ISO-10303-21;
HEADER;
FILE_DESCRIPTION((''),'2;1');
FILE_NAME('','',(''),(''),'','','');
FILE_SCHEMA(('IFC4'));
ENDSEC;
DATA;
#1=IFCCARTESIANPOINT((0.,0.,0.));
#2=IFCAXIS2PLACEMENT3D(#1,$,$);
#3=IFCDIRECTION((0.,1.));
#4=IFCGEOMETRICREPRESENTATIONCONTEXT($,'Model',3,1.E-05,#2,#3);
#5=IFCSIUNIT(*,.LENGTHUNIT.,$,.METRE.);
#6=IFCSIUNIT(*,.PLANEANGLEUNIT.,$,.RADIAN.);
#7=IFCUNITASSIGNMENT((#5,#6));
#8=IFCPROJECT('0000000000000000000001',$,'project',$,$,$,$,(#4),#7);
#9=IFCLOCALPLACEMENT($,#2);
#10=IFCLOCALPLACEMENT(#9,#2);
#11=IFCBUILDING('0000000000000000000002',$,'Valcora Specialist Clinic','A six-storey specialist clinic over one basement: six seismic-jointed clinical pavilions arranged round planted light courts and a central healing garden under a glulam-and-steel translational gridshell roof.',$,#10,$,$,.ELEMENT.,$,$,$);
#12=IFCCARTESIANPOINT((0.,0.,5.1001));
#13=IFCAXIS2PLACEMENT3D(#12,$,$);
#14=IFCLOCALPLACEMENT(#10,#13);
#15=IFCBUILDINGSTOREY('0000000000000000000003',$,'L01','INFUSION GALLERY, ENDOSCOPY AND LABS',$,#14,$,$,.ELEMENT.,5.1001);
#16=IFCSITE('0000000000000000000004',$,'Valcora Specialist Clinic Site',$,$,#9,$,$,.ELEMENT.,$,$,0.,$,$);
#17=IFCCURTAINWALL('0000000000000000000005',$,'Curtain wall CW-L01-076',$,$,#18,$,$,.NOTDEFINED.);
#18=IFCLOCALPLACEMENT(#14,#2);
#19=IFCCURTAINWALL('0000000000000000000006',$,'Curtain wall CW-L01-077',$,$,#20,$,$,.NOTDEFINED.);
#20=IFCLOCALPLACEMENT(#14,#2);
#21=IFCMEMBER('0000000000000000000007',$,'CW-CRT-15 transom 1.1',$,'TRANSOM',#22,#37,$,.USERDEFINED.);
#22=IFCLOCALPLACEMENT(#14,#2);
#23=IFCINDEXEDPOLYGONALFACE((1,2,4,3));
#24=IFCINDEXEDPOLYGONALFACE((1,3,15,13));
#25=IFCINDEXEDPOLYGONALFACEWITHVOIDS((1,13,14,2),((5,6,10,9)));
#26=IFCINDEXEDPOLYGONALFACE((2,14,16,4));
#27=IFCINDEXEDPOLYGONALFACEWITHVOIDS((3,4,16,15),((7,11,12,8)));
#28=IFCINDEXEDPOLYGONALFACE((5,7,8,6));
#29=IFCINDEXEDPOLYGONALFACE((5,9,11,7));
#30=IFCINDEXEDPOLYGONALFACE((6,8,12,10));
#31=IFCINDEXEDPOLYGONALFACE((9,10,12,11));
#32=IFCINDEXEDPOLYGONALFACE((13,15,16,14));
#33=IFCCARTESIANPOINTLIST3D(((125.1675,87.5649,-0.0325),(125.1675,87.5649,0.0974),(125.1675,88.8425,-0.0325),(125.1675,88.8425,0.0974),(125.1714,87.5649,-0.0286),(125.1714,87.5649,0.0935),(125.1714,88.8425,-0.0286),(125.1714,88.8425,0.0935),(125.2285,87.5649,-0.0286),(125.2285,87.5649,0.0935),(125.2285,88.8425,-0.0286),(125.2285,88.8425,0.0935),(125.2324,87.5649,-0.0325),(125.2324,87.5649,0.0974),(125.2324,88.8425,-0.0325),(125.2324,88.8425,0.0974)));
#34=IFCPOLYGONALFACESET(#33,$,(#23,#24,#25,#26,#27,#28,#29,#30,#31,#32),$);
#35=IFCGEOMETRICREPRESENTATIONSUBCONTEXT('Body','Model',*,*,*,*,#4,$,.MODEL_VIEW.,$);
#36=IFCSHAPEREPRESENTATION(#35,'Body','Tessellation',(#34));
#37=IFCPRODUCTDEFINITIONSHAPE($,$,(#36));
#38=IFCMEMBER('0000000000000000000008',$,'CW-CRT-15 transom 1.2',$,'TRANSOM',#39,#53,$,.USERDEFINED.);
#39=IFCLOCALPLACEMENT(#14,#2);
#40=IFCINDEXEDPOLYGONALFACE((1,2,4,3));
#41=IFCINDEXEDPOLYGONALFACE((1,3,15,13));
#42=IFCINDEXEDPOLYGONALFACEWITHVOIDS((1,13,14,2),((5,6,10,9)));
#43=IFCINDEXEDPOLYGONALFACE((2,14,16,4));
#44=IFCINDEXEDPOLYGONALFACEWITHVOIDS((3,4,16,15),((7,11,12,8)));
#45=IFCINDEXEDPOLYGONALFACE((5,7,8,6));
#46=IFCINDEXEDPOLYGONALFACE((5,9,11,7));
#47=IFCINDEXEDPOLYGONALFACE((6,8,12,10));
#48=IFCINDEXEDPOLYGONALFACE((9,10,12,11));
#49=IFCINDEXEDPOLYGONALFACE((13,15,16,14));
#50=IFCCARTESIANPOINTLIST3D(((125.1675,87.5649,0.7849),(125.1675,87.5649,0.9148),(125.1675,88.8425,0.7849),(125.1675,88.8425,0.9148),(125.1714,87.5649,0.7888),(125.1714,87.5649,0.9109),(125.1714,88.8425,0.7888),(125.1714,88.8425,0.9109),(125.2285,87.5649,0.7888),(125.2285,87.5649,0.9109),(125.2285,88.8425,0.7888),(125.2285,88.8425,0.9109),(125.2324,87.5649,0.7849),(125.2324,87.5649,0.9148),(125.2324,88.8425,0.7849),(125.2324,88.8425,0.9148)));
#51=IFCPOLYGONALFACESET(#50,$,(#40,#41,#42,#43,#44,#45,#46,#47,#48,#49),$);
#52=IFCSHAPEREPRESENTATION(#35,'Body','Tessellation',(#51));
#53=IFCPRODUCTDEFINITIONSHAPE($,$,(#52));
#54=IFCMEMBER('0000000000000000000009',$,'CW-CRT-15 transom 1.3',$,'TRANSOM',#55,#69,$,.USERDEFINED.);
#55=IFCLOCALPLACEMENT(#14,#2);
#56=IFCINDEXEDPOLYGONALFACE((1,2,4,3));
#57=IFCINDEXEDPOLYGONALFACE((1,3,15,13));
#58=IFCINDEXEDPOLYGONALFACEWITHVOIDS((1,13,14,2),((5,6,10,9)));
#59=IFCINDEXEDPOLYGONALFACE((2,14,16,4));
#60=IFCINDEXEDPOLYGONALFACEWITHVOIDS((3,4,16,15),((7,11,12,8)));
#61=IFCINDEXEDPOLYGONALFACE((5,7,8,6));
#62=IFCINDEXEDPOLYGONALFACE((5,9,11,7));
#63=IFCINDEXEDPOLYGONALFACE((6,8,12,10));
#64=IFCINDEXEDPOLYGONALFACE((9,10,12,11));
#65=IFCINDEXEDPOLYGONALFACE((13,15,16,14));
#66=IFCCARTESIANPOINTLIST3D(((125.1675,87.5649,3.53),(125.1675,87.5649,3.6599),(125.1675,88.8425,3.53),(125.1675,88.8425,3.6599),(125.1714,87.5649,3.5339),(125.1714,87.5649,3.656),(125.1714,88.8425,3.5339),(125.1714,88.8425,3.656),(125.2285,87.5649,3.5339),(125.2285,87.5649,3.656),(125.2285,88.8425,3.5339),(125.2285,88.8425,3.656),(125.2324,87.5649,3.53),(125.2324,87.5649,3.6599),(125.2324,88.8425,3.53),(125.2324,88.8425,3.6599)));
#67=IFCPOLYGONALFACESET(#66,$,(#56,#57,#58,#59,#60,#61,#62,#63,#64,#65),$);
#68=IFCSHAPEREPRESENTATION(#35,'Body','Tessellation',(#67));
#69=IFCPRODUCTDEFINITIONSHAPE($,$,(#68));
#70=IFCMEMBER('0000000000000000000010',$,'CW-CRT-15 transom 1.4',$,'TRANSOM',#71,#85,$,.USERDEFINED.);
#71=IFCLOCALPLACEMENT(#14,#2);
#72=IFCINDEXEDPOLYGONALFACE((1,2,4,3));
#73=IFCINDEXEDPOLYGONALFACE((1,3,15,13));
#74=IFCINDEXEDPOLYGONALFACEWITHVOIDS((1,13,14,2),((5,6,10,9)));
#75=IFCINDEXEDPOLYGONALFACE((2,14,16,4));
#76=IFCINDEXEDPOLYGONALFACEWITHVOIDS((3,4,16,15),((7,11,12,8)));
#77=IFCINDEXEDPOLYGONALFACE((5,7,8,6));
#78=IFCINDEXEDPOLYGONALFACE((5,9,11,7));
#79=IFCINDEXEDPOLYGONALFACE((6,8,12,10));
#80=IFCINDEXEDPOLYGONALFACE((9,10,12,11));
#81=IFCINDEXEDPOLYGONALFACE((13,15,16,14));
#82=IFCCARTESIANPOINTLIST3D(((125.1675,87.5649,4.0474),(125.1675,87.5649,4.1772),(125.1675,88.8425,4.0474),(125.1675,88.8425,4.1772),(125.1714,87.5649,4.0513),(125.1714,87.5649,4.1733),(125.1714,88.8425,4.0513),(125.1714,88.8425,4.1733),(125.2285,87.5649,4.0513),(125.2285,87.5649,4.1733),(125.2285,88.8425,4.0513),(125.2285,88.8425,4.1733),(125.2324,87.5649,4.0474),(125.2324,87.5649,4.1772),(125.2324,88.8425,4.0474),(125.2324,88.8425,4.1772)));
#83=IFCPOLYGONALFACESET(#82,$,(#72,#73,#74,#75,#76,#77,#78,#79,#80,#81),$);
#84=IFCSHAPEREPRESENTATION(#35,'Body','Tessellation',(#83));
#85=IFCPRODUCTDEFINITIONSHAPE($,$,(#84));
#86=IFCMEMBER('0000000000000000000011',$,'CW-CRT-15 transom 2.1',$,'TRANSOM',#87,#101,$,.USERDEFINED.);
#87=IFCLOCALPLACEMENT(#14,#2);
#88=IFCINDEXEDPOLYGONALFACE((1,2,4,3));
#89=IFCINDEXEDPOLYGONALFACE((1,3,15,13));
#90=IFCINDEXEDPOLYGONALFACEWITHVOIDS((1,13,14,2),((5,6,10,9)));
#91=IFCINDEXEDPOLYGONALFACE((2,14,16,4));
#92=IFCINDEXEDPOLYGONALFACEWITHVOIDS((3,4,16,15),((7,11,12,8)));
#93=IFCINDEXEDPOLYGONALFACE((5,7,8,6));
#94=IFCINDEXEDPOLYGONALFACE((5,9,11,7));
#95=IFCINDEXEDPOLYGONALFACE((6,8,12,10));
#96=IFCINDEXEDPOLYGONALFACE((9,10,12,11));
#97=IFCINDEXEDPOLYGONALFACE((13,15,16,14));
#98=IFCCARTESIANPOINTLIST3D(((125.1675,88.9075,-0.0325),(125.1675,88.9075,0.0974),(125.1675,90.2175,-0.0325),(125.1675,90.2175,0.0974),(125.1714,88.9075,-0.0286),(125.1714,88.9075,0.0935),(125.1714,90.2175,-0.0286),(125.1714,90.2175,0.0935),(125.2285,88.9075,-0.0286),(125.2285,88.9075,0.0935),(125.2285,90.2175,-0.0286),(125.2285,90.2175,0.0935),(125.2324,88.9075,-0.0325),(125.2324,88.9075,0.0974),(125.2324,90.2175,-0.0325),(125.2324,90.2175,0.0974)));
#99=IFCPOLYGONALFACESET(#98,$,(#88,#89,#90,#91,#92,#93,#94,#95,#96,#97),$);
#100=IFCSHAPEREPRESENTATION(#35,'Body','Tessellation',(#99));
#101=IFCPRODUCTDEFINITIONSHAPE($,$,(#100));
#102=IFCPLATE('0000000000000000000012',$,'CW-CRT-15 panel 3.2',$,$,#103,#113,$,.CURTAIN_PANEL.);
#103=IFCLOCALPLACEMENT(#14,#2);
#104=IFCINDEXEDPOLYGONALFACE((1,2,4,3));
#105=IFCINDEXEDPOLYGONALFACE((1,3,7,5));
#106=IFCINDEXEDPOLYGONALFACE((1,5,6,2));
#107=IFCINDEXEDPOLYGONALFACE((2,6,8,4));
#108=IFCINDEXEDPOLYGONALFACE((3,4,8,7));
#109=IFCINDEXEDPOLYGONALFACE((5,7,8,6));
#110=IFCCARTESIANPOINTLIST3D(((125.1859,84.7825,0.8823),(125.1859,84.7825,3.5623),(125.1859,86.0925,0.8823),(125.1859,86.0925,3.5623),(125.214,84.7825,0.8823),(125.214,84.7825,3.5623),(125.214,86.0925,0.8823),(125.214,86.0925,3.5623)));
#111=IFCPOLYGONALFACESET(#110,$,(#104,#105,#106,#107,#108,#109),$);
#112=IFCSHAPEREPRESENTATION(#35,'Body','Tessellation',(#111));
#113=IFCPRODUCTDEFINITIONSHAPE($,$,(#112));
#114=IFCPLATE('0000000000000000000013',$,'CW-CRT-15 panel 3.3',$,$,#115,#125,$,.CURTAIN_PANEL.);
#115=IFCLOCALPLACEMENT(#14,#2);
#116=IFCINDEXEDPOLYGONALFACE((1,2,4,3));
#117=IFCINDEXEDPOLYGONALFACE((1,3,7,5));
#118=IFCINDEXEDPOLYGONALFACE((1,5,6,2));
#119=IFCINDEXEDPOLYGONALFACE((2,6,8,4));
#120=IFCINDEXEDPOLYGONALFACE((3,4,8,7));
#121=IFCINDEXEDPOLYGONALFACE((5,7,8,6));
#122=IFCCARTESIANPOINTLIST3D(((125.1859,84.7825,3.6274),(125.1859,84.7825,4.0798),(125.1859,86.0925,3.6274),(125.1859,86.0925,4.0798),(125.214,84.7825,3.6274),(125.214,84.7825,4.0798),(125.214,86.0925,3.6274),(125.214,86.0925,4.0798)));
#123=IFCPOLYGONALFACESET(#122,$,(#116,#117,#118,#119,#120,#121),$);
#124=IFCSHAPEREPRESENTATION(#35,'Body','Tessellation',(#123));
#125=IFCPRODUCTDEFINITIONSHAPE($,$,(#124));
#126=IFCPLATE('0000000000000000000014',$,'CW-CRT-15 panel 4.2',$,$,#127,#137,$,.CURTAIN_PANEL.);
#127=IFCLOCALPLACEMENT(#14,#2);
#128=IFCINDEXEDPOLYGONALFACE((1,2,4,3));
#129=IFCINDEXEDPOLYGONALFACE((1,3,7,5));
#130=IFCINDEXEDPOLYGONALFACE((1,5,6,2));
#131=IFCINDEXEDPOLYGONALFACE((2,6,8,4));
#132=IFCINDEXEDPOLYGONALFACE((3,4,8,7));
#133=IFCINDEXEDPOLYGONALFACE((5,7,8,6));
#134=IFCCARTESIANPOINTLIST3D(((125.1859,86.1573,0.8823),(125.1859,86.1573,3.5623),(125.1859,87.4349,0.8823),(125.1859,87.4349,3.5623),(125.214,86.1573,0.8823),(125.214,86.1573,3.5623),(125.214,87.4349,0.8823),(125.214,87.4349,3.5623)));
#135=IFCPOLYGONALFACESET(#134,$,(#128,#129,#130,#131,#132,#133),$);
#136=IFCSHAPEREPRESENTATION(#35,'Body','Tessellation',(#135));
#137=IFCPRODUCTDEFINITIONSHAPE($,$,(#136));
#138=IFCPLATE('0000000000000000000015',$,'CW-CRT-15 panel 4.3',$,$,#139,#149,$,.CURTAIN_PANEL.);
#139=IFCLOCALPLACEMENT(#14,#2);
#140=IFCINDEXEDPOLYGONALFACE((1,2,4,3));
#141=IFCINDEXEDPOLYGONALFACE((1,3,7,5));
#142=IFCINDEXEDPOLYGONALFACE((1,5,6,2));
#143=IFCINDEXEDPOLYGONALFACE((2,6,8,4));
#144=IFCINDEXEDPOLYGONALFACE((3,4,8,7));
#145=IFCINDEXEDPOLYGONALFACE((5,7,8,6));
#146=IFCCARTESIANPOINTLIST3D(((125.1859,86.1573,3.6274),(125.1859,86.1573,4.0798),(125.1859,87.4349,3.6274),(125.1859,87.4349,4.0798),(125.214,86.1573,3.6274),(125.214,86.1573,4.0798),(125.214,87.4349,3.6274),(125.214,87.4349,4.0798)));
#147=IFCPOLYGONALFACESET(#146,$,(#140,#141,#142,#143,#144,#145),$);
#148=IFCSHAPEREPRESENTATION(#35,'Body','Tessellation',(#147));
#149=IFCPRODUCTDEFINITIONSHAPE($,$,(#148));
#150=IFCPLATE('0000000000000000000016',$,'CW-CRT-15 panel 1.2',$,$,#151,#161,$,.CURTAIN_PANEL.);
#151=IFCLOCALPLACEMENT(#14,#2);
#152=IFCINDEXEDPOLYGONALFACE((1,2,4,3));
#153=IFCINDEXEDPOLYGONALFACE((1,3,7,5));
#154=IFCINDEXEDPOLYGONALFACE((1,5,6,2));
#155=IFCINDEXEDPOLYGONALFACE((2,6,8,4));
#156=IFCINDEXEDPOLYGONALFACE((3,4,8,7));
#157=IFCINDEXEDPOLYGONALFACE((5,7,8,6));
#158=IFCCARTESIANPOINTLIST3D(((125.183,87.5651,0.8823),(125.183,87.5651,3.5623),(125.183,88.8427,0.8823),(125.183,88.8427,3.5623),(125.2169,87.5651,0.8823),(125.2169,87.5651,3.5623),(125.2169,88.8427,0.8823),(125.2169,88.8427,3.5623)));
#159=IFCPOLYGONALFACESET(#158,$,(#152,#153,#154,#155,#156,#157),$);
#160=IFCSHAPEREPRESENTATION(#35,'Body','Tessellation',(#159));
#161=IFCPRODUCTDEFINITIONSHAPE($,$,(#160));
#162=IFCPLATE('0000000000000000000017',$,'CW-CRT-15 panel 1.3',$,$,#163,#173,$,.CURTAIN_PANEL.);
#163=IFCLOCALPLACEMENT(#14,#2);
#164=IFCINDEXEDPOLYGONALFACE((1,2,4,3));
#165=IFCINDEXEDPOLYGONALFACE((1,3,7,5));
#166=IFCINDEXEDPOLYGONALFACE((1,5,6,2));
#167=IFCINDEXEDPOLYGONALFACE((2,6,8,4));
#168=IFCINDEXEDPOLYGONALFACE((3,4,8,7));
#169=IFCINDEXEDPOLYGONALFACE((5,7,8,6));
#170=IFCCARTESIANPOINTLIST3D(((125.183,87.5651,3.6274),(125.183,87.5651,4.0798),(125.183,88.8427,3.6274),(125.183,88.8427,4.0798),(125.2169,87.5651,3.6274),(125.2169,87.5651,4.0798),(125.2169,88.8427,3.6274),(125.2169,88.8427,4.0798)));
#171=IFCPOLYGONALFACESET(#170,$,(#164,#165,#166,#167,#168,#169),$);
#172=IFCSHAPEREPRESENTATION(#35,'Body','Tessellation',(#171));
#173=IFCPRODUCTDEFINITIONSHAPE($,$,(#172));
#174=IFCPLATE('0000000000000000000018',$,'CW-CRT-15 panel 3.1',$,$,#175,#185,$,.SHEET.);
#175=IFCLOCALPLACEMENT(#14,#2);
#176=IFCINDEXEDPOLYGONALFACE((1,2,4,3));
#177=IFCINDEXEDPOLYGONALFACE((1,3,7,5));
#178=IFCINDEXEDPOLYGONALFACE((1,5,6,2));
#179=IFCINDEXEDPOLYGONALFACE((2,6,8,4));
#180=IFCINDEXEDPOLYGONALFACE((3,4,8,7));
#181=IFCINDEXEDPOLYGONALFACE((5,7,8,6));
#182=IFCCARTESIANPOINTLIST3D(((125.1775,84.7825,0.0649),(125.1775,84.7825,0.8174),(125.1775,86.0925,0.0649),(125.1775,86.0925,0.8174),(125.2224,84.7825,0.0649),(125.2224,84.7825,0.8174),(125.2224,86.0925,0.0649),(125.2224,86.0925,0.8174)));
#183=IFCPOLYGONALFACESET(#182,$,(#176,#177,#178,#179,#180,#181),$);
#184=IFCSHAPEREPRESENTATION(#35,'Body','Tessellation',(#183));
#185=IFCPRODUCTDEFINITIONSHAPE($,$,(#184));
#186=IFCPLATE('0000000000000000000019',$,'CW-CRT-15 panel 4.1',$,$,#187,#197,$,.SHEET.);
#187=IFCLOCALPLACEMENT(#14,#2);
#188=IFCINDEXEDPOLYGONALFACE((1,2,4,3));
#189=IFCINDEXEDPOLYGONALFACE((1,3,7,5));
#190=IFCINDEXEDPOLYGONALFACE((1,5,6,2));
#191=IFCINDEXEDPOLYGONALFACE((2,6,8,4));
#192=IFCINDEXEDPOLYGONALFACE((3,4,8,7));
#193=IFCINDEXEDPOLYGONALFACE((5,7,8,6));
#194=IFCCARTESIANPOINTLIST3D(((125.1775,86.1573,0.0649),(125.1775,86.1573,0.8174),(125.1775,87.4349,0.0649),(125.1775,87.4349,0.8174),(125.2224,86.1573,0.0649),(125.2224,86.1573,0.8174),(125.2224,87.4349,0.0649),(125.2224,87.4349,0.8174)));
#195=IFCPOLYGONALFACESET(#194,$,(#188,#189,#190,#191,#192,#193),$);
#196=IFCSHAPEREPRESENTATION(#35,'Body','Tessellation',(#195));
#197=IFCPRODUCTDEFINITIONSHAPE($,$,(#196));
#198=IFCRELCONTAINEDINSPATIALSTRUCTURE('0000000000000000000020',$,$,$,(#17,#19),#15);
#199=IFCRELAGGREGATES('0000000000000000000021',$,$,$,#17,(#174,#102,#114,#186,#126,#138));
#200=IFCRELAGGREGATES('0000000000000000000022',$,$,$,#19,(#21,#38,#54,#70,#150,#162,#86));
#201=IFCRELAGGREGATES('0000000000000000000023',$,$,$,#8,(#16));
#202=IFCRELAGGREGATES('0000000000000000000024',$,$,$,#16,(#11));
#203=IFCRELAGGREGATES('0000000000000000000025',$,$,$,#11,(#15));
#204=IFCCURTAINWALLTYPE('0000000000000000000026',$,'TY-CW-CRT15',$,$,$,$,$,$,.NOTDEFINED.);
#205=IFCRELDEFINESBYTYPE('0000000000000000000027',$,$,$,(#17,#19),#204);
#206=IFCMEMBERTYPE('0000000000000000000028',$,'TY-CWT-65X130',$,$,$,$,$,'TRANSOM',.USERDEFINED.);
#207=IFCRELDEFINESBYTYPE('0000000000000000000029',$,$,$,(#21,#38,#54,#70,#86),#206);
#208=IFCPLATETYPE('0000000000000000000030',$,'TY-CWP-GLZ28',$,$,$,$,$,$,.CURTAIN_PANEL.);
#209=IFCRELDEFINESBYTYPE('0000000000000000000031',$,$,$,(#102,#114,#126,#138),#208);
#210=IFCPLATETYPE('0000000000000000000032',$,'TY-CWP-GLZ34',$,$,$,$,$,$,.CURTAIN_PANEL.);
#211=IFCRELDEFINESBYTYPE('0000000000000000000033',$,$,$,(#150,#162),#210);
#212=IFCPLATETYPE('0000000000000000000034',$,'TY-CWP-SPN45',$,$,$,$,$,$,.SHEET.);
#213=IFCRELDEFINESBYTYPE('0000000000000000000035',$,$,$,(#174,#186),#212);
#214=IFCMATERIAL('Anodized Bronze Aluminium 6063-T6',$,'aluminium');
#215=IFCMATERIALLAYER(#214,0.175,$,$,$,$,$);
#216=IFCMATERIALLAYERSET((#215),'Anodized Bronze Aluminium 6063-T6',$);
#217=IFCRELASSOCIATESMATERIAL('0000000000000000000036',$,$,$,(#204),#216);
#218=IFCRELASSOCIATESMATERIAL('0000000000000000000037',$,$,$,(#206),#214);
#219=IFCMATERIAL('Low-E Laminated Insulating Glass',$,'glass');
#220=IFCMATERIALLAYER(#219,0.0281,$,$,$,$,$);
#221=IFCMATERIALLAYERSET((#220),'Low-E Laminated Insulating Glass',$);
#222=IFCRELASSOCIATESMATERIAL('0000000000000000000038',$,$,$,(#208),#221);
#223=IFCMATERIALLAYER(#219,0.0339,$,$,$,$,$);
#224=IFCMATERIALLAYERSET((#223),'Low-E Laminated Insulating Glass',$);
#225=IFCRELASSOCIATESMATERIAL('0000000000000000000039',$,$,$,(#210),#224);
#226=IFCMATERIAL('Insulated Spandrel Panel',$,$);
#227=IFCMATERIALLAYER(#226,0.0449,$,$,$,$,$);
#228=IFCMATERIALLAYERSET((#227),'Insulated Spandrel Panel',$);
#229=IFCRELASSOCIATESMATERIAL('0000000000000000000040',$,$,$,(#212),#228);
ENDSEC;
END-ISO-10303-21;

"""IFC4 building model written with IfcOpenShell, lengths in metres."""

from ifc_helpers import new_model, si_unit, direction, frame, origin, origin_2d, place, context, subcontext, project, spatial, rectangle, hollow_rectangle, extrude, material, layer, layer_set, material_profile, profile_set, type_object, element, aggregate, save


model = new_model("IFC4")

# Units and contexts
model_context = context("Model", 3, precision=1e-05, world=origin(), true_north=direction((0.0, 1.0)))
body_context = subcontext(model_context, "Body", "Model", "MODEL_VIEW")
ifc_project = project(units=[si_unit("LENGTHUNIT", "METRE"), si_unit("PLANEANGLEUNIT", "RADIAN")], contexts=[model_context])

# Site, building, storey
site_placement = place(None, origin())
site = spatial("IfcSite", under=ifc_project, at=site_placement, Name="Valcora Specialist Clinic Site", CompositionType="ELEMENT", RefElevation=0.0)
building_placement = place(site_placement, origin())
building = spatial("IfcBuilding", under=site, at=building_placement, Name="Valcora Specialist Clinic", Description="A six-storey specialist clinic over one basement: six seismic-jointed clinical pavilions arranged round planted light courts and a central healing garden under a glulam-and-steel translational gridshell roof.", CompositionType="ELEMENT")
storey_placement = place(building_placement, frame((0.0, 0.0, 5.1001)))
storey = spatial("IfcBuildingStorey", under=building, at=storey_placement, Name="L01", Description="INFUSION GALLERY, ENDOSCOPY AND LABS", CompositionType="ELEMENT", Elevation=5.1001)

# Curtain walls
ifc_material_1 = material(Name="Anodized Bronze Aluminium 6063-T6", Category="aluminium")
ifc_layer_1 = layer(ifc_material_1, 0.175)
ifc_layer_set_1 = layer_set([ifc_layer_1], Name="Anodized Bronze Aluminium 6063-T6")
curtain_wall_type = type_object("IfcCurtainWallType", Name="TY-CW-CRT15", PredefinedType="NOTDEFINED", material=ifc_layer_set_1)
curtain_wall_1_placement = place(storey_placement, origin())
curtain_wall_1 = element("IfcCurtainWall", 1, at=curtain_wall_1_placement, inside=storey, type_object=curtain_wall_type, Name="Curtain wall CW-L01-076", PredefinedType="NOTDEFINED")
curtain_wall_2_placement = place(storey_placement, origin())
curtain_wall_2 = element("IfcCurtainWall", 2, at=curtain_wall_2_placement, inside=storey, type_object=curtain_wall_type, Name="Curtain wall CW-L01-077", PredefinedType="NOTDEFINED")

# Members
ifc_material_profile_1 = material_profile(ifc_material_1, hollow_rectangle(XDim=0.0649, YDim=0.1299, WallThickness=0.0039, at=origin_2d()), Name="AL-TRN-65X130")
ifc_profile_set_1 = profile_set([ifc_material_profile_1], Name="Anodized Bronze Aluminium 6063-T6")
member_type_1 = type_object("IfcMemberType", Name="TY-CWT-65X130", ElementType="TRANSOM", PredefinedType="USERDEFINED", material=ifc_profile_set_1)
member_1_placement = place(storey_placement, frame((125.2, 87.5649, 0.0325), z_axis=(0.0, 1.0, 0.0), x_axis=(-1.0, 0.0, 0.0)))
member_1 = element("IfcMember", 3, at=member_1_placement, type_object=member_type_1, Name="CW-CRT-15 transom 1.1", ObjectType="TRANSOM", PredefinedType="USERDEFINED", context=body_context, shape_type="SweptSolid", body=[
    extrude(hollow_rectangle(XDim=0.0649, YDim=0.1299, WallThickness=0.0039, at=origin_2d()), origin(), (0.0, 0.0, 1.0), 1.2776),
])
member_2_placement = place(storey_placement, frame((125.2, 87.5649, 0.8499), z_axis=(0.0, 1.0, 0.0), x_axis=(-1.0, 0.0, 0.0)))
member_2 = element("IfcMember", 4, at=member_2_placement, type_object=member_type_1, Name="CW-CRT-15 transom 1.2", ObjectType="TRANSOM", PredefinedType="USERDEFINED", context=body_context, shape_type="SweptSolid", body=[
    extrude(hollow_rectangle(XDim=0.0649, YDim=0.1299, WallThickness=0.0039, at=origin_2d()), origin(), (0.0, 0.0, 1.0), 1.2776),
])
member_3_placement = place(storey_placement, frame((125.2, 87.5649, 3.595), z_axis=(0.0, 1.0, 0.0), x_axis=(-1.0, 0.0, 0.0)))
member_3 = element("IfcMember", 5, at=member_3_placement, type_object=member_type_1, Name="CW-CRT-15 transom 1.3", ObjectType="TRANSOM", PredefinedType="USERDEFINED", context=body_context, shape_type="SweptSolid", body=[
    extrude(hollow_rectangle(XDim=0.0649, YDim=0.1299, WallThickness=0.0039, at=origin_2d()), origin(), (0.0, 0.0, 1.0), 1.2776),
])
member_4_placement = place(storey_placement, frame((125.2, 87.5649, 4.1123), z_axis=(0.0, 1.0, 0.0), x_axis=(-1.0, 0.0, 0.0)))
member_4 = element("IfcMember", 6, at=member_4_placement, type_object=member_type_1, Name="CW-CRT-15 transom 1.4", ObjectType="TRANSOM", PredefinedType="USERDEFINED", context=body_context, shape_type="SweptSolid", body=[
    extrude(hollow_rectangle(XDim=0.0649, YDim=0.1299, WallThickness=0.0039, at=origin_2d()), origin(), (0.0, 0.0, 1.0), 1.2776),
])
member_5_placement = place(storey_placement, frame((125.2, 88.9075, 0.0325), z_axis=(0.0, 1.0, 0.0), x_axis=(-1.0, 0.0, 0.0)))
member_5 = element("IfcMember", 7, at=member_5_placement, type_object=member_type_1, Name="CW-CRT-15 transom 2.1", ObjectType="TRANSOM", PredefinedType="USERDEFINED", context=body_context, shape_type="SweptSolid", body=[
    extrude(hollow_rectangle(XDim=0.0649, YDim=0.1299, WallThickness=0.0039, at=origin_2d()), origin(), (0.0, 0.0, 1.0), 1.3101),
])

# Plates
ifc_material_2 = material(Name="Low-E Laminated Insulating Glass", Category="glass")
ifc_layer_2 = layer(ifc_material_2, 0.0281)
ifc_layer_set_2 = layer_set([ifc_layer_2], Name="Low-E Laminated Insulating Glass")
plate_type_1 = type_object("IfcPlateType", Name="TY-CWP-GLZ28", PredefinedType="CURTAIN_PANEL", material=ifc_layer_set_2)
plate_1_placement = place(storey_placement, frame((125.2, 85.4375, 0.8823), z_axis=(0.0, 0.0, 1.0), x_axis=(0.0, 1.0, 0.0)))
plate_1 = element("IfcPlate", 8, at=plate_1_placement, type_object=plate_type_1, Name="CW-CRT-15 panel 3.2", PredefinedType="CURTAIN_PANEL", context=body_context, shape_type="SweptSolid", body=[
    extrude(rectangle(XDim=1.3101, YDim=0.0281, at=origin_2d()), origin(), (0.0, 0.0, 1.0), 2.6799),
])
plate_2_placement = place(storey_placement, frame((125.2, 85.4375, 3.6274), z_axis=(0.0, 0.0, 1.0), x_axis=(0.0, 1.0, 0.0)))
plate_2 = element("IfcPlate", 9, at=plate_2_placement, type_object=plate_type_1, Name="CW-CRT-15 panel 3.3", PredefinedType="CURTAIN_PANEL", context=body_context, shape_type="SweptSolid", body=[
    extrude(rectangle(XDim=1.3101, YDim=0.0281, at=origin_2d()), origin(), (0.0, 0.0, 1.0), 0.4524),
])
plate_3_placement = place(storey_placement, frame((125.2, 86.7961, 0.8823), z_axis=(0.0, 0.0, 1.0), x_axis=(0.0, 1.0, 0.0)))
plate_3 = element("IfcPlate", 10, at=plate_3_placement, type_object=plate_type_1, Name="CW-CRT-15 panel 4.2", PredefinedType="CURTAIN_PANEL", context=body_context, shape_type="SweptSolid", body=[
    extrude(rectangle(XDim=1.2776, YDim=0.0281, at=origin_2d()), origin(), (0.0, 0.0, 1.0), 2.6799),
])
plate_4_placement = place(storey_placement, frame((125.2, 86.7961, 3.6274), z_axis=(0.0, 0.0, 1.0), x_axis=(0.0, 1.0, 0.0)))
plate_4 = element("IfcPlate", 11, at=plate_4_placement, type_object=plate_type_1, Name="CW-CRT-15 panel 4.3", PredefinedType="CURTAIN_PANEL", context=body_context, shape_type="SweptSolid", body=[
    extrude(rectangle(XDim=1.2776, YDim=0.0281, at=origin_2d()), origin(), (0.0, 0.0, 1.0), 0.4524),
])
ifc_layer_3 = layer(ifc_material_2, 0.0339)
ifc_layer_set_3 = layer_set([ifc_layer_3], Name="Low-E Laminated Insulating Glass")
plate_type_2 = type_object("IfcPlateType", Name="TY-CWP-GLZ34", PredefinedType="CURTAIN_PANEL", material=ifc_layer_set_3)
plate_5_placement = place(storey_placement, frame((125.2, 88.2039, 0.8823), z_axis=(0.0, 0.0, 1.0), x_axis=(0.0, 1.0, 0.0)))
plate_5 = element("IfcPlate", 12, at=plate_5_placement, type_object=plate_type_2, Name="CW-CRT-15 panel 1.2", PredefinedType="CURTAIN_PANEL", context=body_context, shape_type="SweptSolid", body=[
    extrude(rectangle(XDim=1.2776, YDim=0.0339, at=origin_2d()), origin(), (0.0, 0.0, 1.0), 2.6799),
])
plate_6_placement = place(storey_placement, frame((125.2, 88.2039, 3.6274), z_axis=(0.0, 0.0, 1.0), x_axis=(0.0, 1.0, 0.0)))
plate_6 = element("IfcPlate", 13, at=plate_6_placement, type_object=plate_type_2, Name="CW-CRT-15 panel 1.3", PredefinedType="CURTAIN_PANEL", context=body_context, shape_type="SweptSolid", body=[
    extrude(rectangle(XDim=1.2776, YDim=0.0339, at=origin_2d()), origin(), (0.0, 0.0, 1.0), 0.4524),
])
ifc_material_3 = material(Name="Insulated Spandrel Panel")
ifc_layer_4 = layer(ifc_material_3, 0.0449)
ifc_layer_set_4 = layer_set([ifc_layer_4], Name="Insulated Spandrel Panel")
plate_type_3 = type_object("IfcPlateType", Name="TY-CWP-SPN45", PredefinedType="SHEET", material=ifc_layer_set_4)
plate_7_placement = place(storey_placement, frame((125.2, 85.4375, 0.0649), z_axis=(0.0, 0.0, 1.0), x_axis=(0.0, 1.0, 0.0)))
plate_7 = element("IfcPlate", 14, at=plate_7_placement, type_object=plate_type_3, Name="CW-CRT-15 panel 3.1", PredefinedType="SHEET", context=body_context, shape_type="SweptSolid", body=[
    extrude(rectangle(XDim=1.3101, YDim=0.0449, at=origin_2d()), origin(), (0.0, 0.0, 1.0), 0.7524),
])
plate_8_placement = place(storey_placement, frame((125.2, 86.7961, 0.0649), z_axis=(0.0, 0.0, 1.0), x_axis=(0.0, 1.0, 0.0)))
plate_8 = element("IfcPlate", 15, at=plate_8_placement, type_object=plate_type_3, Name="CW-CRT-15 panel 4.1", PredefinedType="SHEET", context=body_context, shape_type="SweptSolid", body=[
    extrude(rectangle(XDim=1.2776, YDim=0.0449, at=origin_2d()), origin(), (0.0, 0.0, 1.0), 0.7524),
])
aggregate(curtain_wall_1, [plate_7, plate_1, plate_2, plate_8, plate_3, plate_4])
aggregate(curtain_wall_2, [member_1, member_2, member_3, member_4, plate_5, plate_6, member_5])

save(model, "model.ifc")
